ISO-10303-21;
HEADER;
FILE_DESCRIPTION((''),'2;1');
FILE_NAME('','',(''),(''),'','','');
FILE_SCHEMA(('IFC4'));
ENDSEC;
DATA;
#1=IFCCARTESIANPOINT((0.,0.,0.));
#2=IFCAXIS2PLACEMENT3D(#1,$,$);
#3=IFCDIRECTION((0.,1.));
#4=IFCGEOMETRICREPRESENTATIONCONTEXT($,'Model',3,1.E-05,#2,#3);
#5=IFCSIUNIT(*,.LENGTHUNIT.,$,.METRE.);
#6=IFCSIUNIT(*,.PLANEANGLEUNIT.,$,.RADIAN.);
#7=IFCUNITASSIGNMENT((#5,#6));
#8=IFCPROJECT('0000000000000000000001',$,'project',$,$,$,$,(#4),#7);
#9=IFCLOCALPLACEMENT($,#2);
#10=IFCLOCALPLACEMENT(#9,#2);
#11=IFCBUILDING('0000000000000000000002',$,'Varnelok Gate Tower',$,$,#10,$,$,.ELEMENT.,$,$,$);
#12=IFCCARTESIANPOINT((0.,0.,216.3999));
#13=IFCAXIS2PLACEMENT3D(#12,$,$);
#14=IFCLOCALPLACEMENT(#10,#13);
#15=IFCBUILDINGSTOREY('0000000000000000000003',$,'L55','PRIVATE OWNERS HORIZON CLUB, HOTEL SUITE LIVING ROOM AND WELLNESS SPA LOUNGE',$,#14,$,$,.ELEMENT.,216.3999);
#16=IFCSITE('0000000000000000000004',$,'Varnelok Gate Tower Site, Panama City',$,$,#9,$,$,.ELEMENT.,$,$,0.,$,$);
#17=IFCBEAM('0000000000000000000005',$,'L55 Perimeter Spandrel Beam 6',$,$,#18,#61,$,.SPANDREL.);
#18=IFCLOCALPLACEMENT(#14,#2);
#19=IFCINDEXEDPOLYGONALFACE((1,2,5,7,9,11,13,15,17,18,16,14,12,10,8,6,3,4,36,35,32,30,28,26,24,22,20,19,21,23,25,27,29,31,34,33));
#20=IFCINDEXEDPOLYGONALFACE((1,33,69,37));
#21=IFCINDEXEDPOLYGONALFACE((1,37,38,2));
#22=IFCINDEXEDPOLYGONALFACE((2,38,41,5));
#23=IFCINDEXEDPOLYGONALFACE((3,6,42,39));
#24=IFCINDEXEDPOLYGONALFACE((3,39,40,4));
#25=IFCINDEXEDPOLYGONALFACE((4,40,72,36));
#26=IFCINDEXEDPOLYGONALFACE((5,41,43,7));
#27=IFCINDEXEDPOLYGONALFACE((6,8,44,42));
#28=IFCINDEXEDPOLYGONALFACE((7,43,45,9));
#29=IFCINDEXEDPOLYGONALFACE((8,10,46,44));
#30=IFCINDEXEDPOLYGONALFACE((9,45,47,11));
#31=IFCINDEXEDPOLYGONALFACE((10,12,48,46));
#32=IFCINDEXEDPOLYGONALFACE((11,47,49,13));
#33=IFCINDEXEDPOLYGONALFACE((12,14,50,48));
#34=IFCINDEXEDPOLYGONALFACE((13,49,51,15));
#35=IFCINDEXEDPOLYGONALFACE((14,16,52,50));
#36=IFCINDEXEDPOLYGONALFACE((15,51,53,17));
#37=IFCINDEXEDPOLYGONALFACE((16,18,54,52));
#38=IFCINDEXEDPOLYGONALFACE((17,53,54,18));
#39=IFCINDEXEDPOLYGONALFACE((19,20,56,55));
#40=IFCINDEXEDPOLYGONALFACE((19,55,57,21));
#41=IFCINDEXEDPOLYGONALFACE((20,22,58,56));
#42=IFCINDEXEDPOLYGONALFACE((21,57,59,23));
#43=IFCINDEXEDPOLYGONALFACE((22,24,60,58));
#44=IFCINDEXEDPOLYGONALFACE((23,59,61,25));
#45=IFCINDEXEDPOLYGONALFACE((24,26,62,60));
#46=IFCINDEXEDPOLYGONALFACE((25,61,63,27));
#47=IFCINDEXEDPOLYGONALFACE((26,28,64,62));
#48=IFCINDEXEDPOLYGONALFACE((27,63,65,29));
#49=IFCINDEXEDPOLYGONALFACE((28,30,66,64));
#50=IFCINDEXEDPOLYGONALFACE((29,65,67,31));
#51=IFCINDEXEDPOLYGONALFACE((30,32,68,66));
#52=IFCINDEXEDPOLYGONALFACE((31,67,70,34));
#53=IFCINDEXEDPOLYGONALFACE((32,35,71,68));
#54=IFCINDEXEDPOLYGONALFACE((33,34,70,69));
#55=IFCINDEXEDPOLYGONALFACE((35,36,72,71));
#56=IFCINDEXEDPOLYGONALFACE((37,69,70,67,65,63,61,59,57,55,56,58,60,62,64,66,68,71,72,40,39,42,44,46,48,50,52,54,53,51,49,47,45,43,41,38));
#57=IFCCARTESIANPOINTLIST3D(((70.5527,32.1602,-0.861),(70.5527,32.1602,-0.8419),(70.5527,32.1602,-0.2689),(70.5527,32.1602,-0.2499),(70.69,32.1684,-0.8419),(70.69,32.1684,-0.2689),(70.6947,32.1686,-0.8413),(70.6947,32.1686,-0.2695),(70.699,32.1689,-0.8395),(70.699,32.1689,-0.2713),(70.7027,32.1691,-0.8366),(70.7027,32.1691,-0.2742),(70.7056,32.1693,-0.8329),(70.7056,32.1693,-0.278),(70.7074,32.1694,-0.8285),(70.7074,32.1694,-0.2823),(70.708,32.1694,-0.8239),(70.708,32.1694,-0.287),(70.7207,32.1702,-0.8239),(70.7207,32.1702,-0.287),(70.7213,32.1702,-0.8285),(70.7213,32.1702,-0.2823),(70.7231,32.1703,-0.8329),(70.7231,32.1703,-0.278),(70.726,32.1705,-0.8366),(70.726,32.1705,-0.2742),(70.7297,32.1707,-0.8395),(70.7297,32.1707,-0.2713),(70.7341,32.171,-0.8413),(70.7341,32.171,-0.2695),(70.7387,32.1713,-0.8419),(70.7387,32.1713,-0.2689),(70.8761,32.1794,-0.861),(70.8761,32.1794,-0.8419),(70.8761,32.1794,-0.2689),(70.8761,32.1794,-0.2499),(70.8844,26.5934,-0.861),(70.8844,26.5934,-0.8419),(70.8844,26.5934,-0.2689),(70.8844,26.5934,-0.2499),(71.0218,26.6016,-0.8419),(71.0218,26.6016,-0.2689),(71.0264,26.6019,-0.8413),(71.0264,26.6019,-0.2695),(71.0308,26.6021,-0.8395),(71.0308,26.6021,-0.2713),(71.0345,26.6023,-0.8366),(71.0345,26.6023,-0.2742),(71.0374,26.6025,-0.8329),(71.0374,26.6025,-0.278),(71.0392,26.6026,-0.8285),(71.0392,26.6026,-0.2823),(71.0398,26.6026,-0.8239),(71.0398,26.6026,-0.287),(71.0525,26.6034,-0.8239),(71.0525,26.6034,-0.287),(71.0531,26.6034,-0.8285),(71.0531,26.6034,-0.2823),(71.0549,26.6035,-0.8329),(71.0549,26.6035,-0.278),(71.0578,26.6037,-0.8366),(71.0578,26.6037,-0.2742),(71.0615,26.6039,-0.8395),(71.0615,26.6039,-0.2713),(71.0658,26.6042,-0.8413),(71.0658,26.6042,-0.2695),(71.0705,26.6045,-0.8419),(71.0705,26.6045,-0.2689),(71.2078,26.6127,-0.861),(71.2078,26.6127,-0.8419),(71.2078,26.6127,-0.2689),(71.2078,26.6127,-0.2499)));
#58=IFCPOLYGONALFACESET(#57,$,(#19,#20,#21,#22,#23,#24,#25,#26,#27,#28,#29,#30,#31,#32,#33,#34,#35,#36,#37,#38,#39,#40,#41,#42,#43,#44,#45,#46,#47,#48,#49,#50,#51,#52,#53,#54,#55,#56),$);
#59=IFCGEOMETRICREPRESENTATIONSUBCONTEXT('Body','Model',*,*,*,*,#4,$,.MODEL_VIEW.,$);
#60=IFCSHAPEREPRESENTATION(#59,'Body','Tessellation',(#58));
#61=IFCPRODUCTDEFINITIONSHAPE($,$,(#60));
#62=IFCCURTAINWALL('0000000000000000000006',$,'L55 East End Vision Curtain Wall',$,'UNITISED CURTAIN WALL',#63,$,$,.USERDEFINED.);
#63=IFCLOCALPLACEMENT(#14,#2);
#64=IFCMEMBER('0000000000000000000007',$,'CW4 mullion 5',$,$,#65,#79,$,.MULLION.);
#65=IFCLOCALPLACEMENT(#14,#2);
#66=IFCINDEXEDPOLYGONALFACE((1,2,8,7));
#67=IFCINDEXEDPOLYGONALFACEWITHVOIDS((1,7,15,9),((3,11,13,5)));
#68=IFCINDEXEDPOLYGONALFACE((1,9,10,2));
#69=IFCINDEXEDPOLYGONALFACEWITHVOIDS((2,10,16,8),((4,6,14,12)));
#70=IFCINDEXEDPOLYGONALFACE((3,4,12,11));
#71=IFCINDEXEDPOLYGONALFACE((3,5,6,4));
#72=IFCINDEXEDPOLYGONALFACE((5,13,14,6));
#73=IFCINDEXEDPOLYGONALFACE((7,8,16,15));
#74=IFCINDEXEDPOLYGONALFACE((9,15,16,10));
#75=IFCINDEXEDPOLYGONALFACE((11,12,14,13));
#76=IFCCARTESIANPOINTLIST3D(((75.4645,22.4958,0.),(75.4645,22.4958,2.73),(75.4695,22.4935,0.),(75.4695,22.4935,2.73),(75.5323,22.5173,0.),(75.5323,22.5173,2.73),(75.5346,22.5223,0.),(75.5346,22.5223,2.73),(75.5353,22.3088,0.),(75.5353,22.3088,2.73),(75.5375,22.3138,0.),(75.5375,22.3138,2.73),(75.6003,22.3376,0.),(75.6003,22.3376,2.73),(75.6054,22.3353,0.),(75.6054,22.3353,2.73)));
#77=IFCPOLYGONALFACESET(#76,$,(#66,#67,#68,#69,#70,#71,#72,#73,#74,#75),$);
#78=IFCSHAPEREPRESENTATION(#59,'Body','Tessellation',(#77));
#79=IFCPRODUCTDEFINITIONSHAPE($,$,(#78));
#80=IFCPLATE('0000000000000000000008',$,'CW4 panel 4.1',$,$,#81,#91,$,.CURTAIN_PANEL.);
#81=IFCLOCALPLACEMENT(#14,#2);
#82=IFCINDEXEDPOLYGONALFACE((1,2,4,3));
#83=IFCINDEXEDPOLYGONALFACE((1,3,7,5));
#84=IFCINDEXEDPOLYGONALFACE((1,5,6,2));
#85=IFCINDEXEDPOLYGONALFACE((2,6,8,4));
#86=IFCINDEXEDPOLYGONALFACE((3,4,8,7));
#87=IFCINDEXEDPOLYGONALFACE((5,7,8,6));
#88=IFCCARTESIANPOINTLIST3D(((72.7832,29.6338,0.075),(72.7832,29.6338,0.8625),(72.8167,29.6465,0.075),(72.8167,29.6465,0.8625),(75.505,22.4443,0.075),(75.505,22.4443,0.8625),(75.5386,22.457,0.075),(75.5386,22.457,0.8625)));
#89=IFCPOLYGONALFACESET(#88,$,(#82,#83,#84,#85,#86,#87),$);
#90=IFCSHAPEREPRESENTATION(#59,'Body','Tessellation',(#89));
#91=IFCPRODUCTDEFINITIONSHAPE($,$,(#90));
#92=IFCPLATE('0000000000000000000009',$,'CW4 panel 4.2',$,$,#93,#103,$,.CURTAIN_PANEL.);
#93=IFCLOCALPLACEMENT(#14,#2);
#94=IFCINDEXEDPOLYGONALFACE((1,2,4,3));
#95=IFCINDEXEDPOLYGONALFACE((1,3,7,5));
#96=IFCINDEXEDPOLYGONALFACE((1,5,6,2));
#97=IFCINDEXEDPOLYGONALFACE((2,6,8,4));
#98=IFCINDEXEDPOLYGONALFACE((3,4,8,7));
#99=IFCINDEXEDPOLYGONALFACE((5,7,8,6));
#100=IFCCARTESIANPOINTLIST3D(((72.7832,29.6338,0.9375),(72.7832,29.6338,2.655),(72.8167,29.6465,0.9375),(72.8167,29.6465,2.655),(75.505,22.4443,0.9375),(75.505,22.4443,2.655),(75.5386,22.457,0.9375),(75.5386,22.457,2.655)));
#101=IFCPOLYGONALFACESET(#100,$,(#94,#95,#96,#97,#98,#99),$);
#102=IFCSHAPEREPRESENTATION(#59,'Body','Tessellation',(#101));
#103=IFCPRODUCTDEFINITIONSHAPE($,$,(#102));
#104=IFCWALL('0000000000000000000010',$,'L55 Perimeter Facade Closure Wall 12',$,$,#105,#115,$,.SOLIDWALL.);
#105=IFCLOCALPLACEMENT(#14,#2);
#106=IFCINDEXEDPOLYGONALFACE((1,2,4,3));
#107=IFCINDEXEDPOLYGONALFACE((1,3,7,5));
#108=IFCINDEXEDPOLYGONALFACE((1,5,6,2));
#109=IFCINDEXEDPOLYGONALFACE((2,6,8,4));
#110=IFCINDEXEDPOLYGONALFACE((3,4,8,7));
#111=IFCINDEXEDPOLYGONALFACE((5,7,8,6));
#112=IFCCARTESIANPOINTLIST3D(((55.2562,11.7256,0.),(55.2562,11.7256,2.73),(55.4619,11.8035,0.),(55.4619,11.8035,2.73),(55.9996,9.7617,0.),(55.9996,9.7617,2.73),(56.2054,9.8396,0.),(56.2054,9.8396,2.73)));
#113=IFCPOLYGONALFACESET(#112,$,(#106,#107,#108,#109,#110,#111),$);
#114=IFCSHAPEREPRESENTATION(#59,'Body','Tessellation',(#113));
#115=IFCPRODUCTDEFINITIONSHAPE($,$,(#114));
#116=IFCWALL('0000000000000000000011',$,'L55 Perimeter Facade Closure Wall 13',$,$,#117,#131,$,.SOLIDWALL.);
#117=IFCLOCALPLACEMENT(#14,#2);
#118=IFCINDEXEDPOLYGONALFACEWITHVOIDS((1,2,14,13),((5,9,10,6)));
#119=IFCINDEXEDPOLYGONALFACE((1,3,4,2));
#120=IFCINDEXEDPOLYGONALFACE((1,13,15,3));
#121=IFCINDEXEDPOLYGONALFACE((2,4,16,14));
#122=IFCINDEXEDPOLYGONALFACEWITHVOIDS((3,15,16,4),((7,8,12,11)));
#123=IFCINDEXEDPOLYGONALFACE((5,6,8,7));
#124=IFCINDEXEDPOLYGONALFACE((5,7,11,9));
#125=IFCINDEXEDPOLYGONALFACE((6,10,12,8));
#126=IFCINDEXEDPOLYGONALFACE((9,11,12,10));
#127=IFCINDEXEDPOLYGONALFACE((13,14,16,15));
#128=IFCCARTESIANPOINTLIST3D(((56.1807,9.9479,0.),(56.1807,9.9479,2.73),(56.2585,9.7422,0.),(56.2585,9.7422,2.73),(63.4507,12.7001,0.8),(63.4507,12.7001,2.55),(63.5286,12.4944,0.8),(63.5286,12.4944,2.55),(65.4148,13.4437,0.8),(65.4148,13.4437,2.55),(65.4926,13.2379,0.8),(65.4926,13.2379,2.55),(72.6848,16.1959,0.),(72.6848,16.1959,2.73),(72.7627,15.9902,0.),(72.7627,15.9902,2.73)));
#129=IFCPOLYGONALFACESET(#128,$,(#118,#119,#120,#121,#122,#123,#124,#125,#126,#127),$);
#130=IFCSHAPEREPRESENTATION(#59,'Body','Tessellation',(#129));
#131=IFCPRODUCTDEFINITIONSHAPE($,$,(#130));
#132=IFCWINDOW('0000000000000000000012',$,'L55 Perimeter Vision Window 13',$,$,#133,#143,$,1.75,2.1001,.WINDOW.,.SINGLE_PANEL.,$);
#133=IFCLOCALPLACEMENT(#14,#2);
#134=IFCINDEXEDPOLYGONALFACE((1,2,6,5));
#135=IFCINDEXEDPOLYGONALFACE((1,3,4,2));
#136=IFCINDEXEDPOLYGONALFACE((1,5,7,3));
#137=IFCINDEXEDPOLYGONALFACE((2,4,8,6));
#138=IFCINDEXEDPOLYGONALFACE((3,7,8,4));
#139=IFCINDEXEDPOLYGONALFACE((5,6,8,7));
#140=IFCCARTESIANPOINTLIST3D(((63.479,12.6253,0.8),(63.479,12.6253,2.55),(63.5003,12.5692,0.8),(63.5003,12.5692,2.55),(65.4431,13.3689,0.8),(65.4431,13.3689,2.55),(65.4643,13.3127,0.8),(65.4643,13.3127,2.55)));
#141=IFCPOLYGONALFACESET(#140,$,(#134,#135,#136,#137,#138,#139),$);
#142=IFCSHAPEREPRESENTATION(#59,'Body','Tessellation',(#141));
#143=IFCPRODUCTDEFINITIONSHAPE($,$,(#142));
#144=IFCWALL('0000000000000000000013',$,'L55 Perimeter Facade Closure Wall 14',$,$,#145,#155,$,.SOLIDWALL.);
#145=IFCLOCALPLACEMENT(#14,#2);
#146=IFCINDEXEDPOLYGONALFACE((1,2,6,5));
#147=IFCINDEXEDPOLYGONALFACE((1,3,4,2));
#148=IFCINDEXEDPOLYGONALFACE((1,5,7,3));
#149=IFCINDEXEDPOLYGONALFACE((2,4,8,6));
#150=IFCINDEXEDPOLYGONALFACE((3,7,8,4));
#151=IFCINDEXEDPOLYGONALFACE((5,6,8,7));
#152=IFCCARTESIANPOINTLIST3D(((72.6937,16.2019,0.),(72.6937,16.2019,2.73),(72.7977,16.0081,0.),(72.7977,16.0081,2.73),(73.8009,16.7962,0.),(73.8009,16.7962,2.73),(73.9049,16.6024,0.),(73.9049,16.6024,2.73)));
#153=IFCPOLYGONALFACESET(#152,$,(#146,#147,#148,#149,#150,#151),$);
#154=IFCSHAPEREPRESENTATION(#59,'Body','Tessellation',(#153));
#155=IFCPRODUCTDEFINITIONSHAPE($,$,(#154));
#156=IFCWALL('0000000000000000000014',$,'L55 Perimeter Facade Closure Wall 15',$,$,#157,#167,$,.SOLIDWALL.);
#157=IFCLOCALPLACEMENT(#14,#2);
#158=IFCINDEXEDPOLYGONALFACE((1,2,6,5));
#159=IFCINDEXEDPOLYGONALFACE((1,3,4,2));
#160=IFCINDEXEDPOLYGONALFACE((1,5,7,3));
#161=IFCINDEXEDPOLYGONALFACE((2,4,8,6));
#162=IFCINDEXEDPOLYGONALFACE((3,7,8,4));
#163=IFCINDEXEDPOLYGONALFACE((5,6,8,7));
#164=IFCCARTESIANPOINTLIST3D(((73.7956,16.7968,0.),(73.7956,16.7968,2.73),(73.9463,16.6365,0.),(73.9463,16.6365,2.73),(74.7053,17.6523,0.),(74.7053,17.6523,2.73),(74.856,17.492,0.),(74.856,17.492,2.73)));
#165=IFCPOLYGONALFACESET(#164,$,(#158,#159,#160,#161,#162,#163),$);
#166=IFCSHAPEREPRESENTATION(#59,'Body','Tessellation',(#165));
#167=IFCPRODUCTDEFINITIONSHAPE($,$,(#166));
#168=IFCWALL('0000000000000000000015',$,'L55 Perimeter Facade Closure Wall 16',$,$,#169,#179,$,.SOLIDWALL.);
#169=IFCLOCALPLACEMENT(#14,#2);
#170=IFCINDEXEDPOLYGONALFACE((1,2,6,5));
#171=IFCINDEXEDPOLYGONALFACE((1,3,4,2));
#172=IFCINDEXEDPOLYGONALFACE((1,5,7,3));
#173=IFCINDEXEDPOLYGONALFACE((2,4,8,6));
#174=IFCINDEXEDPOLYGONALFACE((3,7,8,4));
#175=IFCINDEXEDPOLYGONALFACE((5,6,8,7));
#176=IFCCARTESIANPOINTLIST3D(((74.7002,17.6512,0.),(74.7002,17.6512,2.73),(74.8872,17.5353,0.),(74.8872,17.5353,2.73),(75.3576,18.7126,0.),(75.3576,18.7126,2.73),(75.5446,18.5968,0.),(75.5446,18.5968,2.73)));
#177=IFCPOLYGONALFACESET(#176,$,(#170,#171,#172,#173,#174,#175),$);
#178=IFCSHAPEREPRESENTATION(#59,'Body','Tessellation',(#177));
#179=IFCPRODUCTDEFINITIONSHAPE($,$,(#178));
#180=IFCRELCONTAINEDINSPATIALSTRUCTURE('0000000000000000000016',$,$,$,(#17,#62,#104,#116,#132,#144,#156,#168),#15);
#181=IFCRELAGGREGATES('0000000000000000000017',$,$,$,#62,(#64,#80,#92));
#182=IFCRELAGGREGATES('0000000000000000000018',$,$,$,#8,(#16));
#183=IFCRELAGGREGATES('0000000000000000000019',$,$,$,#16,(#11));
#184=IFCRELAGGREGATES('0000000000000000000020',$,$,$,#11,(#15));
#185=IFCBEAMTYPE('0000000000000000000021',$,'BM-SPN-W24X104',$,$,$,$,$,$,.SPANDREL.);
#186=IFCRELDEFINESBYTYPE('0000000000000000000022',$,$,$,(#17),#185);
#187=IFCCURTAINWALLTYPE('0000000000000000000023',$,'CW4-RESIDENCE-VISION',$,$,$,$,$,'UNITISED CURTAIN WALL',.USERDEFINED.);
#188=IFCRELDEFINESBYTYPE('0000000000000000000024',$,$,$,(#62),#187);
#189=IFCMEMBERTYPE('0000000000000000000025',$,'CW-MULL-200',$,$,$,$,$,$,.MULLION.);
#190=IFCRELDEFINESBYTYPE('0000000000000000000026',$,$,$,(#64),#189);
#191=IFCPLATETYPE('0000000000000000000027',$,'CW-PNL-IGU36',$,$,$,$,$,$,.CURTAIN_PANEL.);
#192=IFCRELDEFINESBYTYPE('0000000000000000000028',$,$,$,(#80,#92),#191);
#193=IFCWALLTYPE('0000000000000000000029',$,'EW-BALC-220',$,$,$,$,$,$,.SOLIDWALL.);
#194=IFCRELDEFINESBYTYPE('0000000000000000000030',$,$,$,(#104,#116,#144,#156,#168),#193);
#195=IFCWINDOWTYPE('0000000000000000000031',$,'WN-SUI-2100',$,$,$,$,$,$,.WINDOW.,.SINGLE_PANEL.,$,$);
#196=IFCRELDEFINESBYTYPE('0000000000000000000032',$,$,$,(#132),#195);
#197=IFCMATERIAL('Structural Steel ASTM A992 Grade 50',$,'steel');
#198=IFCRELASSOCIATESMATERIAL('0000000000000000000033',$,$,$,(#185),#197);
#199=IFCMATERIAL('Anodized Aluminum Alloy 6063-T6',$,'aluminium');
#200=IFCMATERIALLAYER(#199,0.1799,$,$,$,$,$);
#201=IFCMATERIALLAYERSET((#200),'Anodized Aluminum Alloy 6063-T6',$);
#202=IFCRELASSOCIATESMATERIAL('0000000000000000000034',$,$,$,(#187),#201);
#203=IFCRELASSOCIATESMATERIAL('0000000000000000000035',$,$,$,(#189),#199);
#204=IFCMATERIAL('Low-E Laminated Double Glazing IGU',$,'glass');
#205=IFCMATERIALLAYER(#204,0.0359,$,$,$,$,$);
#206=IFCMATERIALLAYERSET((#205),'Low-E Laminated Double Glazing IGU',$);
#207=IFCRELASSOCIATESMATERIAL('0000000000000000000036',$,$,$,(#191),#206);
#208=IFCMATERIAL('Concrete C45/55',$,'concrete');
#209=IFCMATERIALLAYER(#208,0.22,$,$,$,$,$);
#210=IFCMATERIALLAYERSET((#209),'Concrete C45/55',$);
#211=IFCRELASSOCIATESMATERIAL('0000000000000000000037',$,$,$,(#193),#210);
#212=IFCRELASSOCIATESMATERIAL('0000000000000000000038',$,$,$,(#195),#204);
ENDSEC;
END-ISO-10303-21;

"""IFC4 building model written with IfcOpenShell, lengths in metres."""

from ifc_helpers import new_model, si_unit, direction, frame, frame_2d, origin, origin_2d, place, context, subcontext, project, spatial, rectangle, hollow_rectangle, i_section, extrude, source, transform, mapped, material, layer, layer_set, material_profile, profile_set, type_object, element, fill, aggregate, save


model = new_model("IFC4")

# Units and contexts
model_context = context("Model", 3, precision=1e-05, world=origin(), true_north=direction((0.0, 1.0)))
body_context = subcontext(model_context, "Body", "Model", "MODEL_VIEW")
ifc_project = project(units=[si_unit("LENGTHUNIT", "METRE"), si_unit("PLANEANGLEUNIT", "RADIAN")], contexts=[model_context])

# Site, building, storey
site_placement = place(None, origin())
site = spatial("IfcSite", under=ifc_project, at=site_placement, Name="Varnelok Gate Tower Site, Panama City", CompositionType="ELEMENT", RefElevation=0.0)
building_placement = place(site_placement, origin())
building = spatial("IfcBuilding", under=site, at=building_placement, Name="Varnelok Gate Tower", CompositionType="ELEMENT")
storey_placement = place(building_placement, frame((0.0, 0.0, 216.3999)))
storey = spatial("IfcBuildingStorey", under=building, at=storey_placement, Name="L55", Description="PRIVATE OWNERS HORIZON CLUB, HOTEL SUITE LIVING ROOM AND WELLNESS SPA LOUNGE", CompositionType="ELEMENT", Elevation=216.3999)

# Shared definitions
ifc_material_1 = material(Name="Structural Steel ASTM A992 Grade 50", Category="steel")

# Beam
ifc_material_profile_1 = material_profile(ifc_material_1, i_section(OverallWidth=0.324, OverallDepth=0.6111, WebThickness=0.0127, FlangeThickness=0.019, FilletRadius=0.0181, at=origin_2d()), Name="W24X104")
ifc_profile_set_1 = profile_set([ifc_material_profile_1], Name="Structural Steel ASTM A992 Grade 50")
beam_type_1 = type_object("IfcBeamType", Name="BM-SPN-W24X104", PredefinedType="SPANDREL", material=ifc_profile_set_1)
beam_1_placement = place(storey_placement, frame((71.0461, 26.603, -0.5554), z_axis=(-0.059494, 0.998229, 0.0), x_axis=(-0.998229, -0.059494, 0.0)))
element("IfcBeam", 1, at=beam_1_placement, inside=storey, type_object=beam_type_1, Name="L55 Perimeter Spandrel Beam 6", PredefinedType="SPANDREL", context=body_context, shape_type="SweptSolid", body=[
    extrude(i_section(OverallWidth=0.324, OverallDepth=0.6111, WebThickness=0.0127, FlangeThickness=0.019, FilletRadius=0.0181, at=origin_2d()), origin(), (0.0, 0.0, 1.0), 5.5767),
])

# Curtain wall, member, plates
ifc_material_2 = material(Name="Anodized Aluminum Alloy 6063-T6", Category="aluminium")
ifc_layer_1 = layer(ifc_material_2, 0.1799)
ifc_layer_set_1 = layer_set([ifc_layer_1], Name="Anodized Aluminum Alloy 6063-T6")
curtain_wall_type = type_object("IfcCurtainWallType", Name="CW4-RESIDENCE-VISION", ElementType="UNITISED CURTAIN WALL", PredefinedType="USERDEFINED", material=ifc_layer_set_1)
curtain_wall_placement = place(storey_placement, origin())
curtain_wall = element("IfcCurtainWall", 2, at=curtain_wall_placement, inside=storey, type_object=curtain_wall_type, Name="L55 East End Vision Curtain Wall", ObjectType="UNITISED CURTAIN WALL", PredefinedType="USERDEFINED")
ifc_material_profile_2 = material_profile(ifc_material_2, hollow_rectangle(XDim=0.075, YDim=0.2, WallThickness=0.0039, at=origin_2d()), Name="ALU200X75X4")
ifc_profile_set_2 = profile_set([ifc_material_profile_2], Name="Anodized Aluminum Alloy 6063-T6")
member_type = type_object("IfcMemberType", Name="CW-MULL-200", PredefinedType="MULLION", material=ifc_profile_set_2)
member_placement = place(storey_placement, frame((75.5349, 22.4155, 0.0), z_axis=(0.0, 0.0, 1.0), x_axis=(0.935222, 0.354063, 0.0)))
member = element("IfcMember", 3, at=member_placement, type_object=member_type, Name="CW4 mullion 5", PredefinedType="MULLION", context=body_context, shape_type="SweptSolid", body=[
    extrude(hollow_rectangle(XDim=0.075, YDim=0.2, WallThickness=0.0039, at=origin_2d()), origin(), (0.0, 0.0, 1.0), 2.73),
])
ifc_material_3 = material(Name="Low-E Laminated Double Glazing IGU", Category="glass")
ifc_layer_2 = layer(ifc_material_3, 0.0359)
ifc_layer_set_2 = layer_set([ifc_layer_2], Name="Low-E Laminated Double Glazing IGU")
plate_type = type_object("IfcPlateType", Name="CW-PNL-IGU36", PredefinedType="CURTAIN_PANEL", material=ifc_layer_set_2)
shared_shape_1 = source(origin(), body_context, "Body", "SweptSolid", [
    extrude(rectangle(XDim=7.6875, YDim=0.0359, at=origin_2d()), origin(), (0.0, 0.0, 1.0), 0.7876),
])
plate_1_placement = place(storey_placement, frame((74.1609, 26.0454, 0.075), z_axis=(0.0, 0.0, 1.0), x_axis=(0.354063, -0.935222, 0.0)))
plate_1 = element("IfcPlate", 4, at=plate_1_placement, type_object=plate_type, Name="CW4 panel 4.1", PredefinedType="CURTAIN_PANEL", context=body_context, shape_type="MappedRepresentation", body=[
    mapped(shared_shape_1, transform((0.0, 0.0, 0.0), scale=1.0)),
])
shared_shape_2 = source(origin(), body_context, "Body", "SweptSolid", [
    extrude(rectangle(XDim=7.6875, YDim=0.0359, at=origin_2d()), origin(), (0.0, 0.0, 1.0), 1.7175),
])
plate_2_placement = place(storey_placement, frame((74.1609, 26.0454, 0.9375), z_axis=(0.0, 0.0, 1.0), x_axis=(0.354063, -0.935222, 0.0)))
plate_2 = element("IfcPlate", 5, at=plate_2_placement, type_object=plate_type, Name="CW4 panel 4.2", PredefinedType="CURTAIN_PANEL", context=body_context, shape_type="MappedRepresentation", body=[
    mapped(shared_shape_2, transform((0.0, 0.0, 0.0), scale=1.0)),
])
aggregate(curtain_wall, [member, plate_1, plate_2])

# Wall
ifc_material_4 = material(Name="Concrete C45/55", Category="concrete")
ifc_layer_3 = layer(ifc_material_4, 0.22)
ifc_layer_set_3 = layer_set([ifc_layer_3], Name="Concrete C45/55")
wall_type_1 = type_object("IfcWallType", Name="EW-BALC-220", PredefinedType="SOLIDWALL", material=ifc_layer_set_3)
wall_1_placement = place(storey_placement, frame((55.3591, 11.7644, 0.0), z_axis=(0.0, 0.0, 1.0), x_axis=(0.354027, -0.935235, 0.0)))
element("IfcWall", 6, at=wall_1_placement, inside=storey, type_object=wall_type_1, Name="L55 Perimeter Facade Closure Wall 12", PredefinedType="SOLIDWALL", context=body_context, shape_type="SweptSolid", body=[
    extrude(rectangle(XDim=2.0999, YDim=0.22, at=frame_2d((1.0498, 0.0))), origin(), (0.0, 0.0, 1.0), 2.73),
])

# Wall, opening, window
wall_2_placement = place(storey_placement, frame((56.2195, 9.845, 0.0), z_axis=(0.0, 0.0, 1.0), x_axis=(0.935226, 0.354052, 0.0)))
wall_2 = element("IfcWall", 7, at=wall_2_placement, inside=storey, type_object=wall_type_1, Name="L55 Perimeter Facade Closure Wall 13", PredefinedType="SOLIDWALL", context=body_context, shape_type="SweptSolid", body=[
    extrude(rectangle(XDim=17.6472, YDim=0.22, at=frame_2d((8.8237, 0.0))), origin(), (0.0, 0.0, 1.0), 2.73),
])
opening_1_placement = place(wall_2_placement, frame((7.7737, 0.0, 0.8)))
opening_1 = element("IfcOpeningElement", 8, at=opening_1_placement, cuts=wall_2, PredefinedType="OPENING", context=body_context, shape_type="SweptSolid", body=[
    extrude(rectangle(XDim=2.1001, YDim=1.75, at=frame_2d((1.05, 0.875))), frame((0.0, 0.1199, 0.0), z_axis=(0.0, -1.0, 0.0), x_axis=(1.0, 0.0, 0.0)), (0.0, 0.0, 1.0), 0.24),
])
window_type = type_object("IfcWindowType", Name="WN-SUI-2100", PartitioningType="SINGLE_PANEL", PredefinedType="WINDOW", material=ifc_material_3)
window_placement = place(opening_1_placement, origin())
window = element("IfcWindow", 9, at=window_placement, inside=storey, type_object=window_type, Name="L55 Perimeter Vision Window 13", OverallHeight=1.75, OverallWidth=2.1001, PartitioningType="SINGLE_PANEL", PredefinedType="WINDOW", context=body_context, shape_type="SweptSolid", body=[
    extrude(rectangle(XDim=2.1001, YDim=1.75, at=frame_2d((1.05, 0.875))), frame((0.0, 0.03, 0.0), z_axis=(0.0, -1.0, 0.0), x_axis=(1.0, 0.0, 0.0)), (0.0, 0.0, 1.0), 0.0601),
])
fill(opening_1, window)

# Walls
wall_3_placement = place(storey_placement, frame((72.7456, 16.105, 0.0), z_axis=(0.0, 0.0, 1.0), x_axis=(0.881113, 0.472906, 0.0)))
element("IfcWall", 10, at=wall_3_placement, inside=storey, type_object=wall_type_1, Name="L55 Perimeter Facade Closure Wall 14", PredefinedType="SOLIDWALL", context=body_context, shape_type="SweptSolid", body=[
    extrude(rectangle(XDim=1.2566, YDim=0.22, at=frame_2d((0.6284, 0.0))), origin(), (0.0, 0.0, 1.0), 2.73),
])
wall_4_placement = place(storey_placement, frame((73.8708, 16.7166, 0.0), z_axis=(0.0, 0.0, 1.0), x_axis=(0.728475, 0.685072, 0.0)))
element("IfcWall", 11, at=wall_4_placement, inside=storey, type_object=wall_type_1, Name="L55 Perimeter Facade Closure Wall 15", PredefinedType="SOLIDWALL", context=body_context, shape_type="SweptSolid", body=[
    extrude(rectangle(XDim=1.2488, YDim=0.22, at=frame_2d((0.6245, 0.0))), origin(), (0.0, 0.0, 1.0), 2.73),
])
for number, where, z_axis, x_axis, name in (
    (12, (74.7937, 17.5933, 0.0), (0.0, 0.0, 1.0), (0.52655, 0.850144, 0.0), "L55 Perimeter Facade Closure Wall 16"),
):
    element("IfcWall", number, at=place(storey_placement, frame(where, z_axis=z_axis, x_axis=x_axis)), inside=storey, type_object=wall_type_1, Name=name, PredefinedType="SOLIDWALL", context=body_context, shape_type="SweptSolid", body=[
        extrude(rectangle(XDim=1.2485, YDim=0.22, at=frame_2d((0.6243, 0.0))), origin(), (0.0, 0.0, 1.0), 2.73),
    ])

save(model, "model.ifc")
